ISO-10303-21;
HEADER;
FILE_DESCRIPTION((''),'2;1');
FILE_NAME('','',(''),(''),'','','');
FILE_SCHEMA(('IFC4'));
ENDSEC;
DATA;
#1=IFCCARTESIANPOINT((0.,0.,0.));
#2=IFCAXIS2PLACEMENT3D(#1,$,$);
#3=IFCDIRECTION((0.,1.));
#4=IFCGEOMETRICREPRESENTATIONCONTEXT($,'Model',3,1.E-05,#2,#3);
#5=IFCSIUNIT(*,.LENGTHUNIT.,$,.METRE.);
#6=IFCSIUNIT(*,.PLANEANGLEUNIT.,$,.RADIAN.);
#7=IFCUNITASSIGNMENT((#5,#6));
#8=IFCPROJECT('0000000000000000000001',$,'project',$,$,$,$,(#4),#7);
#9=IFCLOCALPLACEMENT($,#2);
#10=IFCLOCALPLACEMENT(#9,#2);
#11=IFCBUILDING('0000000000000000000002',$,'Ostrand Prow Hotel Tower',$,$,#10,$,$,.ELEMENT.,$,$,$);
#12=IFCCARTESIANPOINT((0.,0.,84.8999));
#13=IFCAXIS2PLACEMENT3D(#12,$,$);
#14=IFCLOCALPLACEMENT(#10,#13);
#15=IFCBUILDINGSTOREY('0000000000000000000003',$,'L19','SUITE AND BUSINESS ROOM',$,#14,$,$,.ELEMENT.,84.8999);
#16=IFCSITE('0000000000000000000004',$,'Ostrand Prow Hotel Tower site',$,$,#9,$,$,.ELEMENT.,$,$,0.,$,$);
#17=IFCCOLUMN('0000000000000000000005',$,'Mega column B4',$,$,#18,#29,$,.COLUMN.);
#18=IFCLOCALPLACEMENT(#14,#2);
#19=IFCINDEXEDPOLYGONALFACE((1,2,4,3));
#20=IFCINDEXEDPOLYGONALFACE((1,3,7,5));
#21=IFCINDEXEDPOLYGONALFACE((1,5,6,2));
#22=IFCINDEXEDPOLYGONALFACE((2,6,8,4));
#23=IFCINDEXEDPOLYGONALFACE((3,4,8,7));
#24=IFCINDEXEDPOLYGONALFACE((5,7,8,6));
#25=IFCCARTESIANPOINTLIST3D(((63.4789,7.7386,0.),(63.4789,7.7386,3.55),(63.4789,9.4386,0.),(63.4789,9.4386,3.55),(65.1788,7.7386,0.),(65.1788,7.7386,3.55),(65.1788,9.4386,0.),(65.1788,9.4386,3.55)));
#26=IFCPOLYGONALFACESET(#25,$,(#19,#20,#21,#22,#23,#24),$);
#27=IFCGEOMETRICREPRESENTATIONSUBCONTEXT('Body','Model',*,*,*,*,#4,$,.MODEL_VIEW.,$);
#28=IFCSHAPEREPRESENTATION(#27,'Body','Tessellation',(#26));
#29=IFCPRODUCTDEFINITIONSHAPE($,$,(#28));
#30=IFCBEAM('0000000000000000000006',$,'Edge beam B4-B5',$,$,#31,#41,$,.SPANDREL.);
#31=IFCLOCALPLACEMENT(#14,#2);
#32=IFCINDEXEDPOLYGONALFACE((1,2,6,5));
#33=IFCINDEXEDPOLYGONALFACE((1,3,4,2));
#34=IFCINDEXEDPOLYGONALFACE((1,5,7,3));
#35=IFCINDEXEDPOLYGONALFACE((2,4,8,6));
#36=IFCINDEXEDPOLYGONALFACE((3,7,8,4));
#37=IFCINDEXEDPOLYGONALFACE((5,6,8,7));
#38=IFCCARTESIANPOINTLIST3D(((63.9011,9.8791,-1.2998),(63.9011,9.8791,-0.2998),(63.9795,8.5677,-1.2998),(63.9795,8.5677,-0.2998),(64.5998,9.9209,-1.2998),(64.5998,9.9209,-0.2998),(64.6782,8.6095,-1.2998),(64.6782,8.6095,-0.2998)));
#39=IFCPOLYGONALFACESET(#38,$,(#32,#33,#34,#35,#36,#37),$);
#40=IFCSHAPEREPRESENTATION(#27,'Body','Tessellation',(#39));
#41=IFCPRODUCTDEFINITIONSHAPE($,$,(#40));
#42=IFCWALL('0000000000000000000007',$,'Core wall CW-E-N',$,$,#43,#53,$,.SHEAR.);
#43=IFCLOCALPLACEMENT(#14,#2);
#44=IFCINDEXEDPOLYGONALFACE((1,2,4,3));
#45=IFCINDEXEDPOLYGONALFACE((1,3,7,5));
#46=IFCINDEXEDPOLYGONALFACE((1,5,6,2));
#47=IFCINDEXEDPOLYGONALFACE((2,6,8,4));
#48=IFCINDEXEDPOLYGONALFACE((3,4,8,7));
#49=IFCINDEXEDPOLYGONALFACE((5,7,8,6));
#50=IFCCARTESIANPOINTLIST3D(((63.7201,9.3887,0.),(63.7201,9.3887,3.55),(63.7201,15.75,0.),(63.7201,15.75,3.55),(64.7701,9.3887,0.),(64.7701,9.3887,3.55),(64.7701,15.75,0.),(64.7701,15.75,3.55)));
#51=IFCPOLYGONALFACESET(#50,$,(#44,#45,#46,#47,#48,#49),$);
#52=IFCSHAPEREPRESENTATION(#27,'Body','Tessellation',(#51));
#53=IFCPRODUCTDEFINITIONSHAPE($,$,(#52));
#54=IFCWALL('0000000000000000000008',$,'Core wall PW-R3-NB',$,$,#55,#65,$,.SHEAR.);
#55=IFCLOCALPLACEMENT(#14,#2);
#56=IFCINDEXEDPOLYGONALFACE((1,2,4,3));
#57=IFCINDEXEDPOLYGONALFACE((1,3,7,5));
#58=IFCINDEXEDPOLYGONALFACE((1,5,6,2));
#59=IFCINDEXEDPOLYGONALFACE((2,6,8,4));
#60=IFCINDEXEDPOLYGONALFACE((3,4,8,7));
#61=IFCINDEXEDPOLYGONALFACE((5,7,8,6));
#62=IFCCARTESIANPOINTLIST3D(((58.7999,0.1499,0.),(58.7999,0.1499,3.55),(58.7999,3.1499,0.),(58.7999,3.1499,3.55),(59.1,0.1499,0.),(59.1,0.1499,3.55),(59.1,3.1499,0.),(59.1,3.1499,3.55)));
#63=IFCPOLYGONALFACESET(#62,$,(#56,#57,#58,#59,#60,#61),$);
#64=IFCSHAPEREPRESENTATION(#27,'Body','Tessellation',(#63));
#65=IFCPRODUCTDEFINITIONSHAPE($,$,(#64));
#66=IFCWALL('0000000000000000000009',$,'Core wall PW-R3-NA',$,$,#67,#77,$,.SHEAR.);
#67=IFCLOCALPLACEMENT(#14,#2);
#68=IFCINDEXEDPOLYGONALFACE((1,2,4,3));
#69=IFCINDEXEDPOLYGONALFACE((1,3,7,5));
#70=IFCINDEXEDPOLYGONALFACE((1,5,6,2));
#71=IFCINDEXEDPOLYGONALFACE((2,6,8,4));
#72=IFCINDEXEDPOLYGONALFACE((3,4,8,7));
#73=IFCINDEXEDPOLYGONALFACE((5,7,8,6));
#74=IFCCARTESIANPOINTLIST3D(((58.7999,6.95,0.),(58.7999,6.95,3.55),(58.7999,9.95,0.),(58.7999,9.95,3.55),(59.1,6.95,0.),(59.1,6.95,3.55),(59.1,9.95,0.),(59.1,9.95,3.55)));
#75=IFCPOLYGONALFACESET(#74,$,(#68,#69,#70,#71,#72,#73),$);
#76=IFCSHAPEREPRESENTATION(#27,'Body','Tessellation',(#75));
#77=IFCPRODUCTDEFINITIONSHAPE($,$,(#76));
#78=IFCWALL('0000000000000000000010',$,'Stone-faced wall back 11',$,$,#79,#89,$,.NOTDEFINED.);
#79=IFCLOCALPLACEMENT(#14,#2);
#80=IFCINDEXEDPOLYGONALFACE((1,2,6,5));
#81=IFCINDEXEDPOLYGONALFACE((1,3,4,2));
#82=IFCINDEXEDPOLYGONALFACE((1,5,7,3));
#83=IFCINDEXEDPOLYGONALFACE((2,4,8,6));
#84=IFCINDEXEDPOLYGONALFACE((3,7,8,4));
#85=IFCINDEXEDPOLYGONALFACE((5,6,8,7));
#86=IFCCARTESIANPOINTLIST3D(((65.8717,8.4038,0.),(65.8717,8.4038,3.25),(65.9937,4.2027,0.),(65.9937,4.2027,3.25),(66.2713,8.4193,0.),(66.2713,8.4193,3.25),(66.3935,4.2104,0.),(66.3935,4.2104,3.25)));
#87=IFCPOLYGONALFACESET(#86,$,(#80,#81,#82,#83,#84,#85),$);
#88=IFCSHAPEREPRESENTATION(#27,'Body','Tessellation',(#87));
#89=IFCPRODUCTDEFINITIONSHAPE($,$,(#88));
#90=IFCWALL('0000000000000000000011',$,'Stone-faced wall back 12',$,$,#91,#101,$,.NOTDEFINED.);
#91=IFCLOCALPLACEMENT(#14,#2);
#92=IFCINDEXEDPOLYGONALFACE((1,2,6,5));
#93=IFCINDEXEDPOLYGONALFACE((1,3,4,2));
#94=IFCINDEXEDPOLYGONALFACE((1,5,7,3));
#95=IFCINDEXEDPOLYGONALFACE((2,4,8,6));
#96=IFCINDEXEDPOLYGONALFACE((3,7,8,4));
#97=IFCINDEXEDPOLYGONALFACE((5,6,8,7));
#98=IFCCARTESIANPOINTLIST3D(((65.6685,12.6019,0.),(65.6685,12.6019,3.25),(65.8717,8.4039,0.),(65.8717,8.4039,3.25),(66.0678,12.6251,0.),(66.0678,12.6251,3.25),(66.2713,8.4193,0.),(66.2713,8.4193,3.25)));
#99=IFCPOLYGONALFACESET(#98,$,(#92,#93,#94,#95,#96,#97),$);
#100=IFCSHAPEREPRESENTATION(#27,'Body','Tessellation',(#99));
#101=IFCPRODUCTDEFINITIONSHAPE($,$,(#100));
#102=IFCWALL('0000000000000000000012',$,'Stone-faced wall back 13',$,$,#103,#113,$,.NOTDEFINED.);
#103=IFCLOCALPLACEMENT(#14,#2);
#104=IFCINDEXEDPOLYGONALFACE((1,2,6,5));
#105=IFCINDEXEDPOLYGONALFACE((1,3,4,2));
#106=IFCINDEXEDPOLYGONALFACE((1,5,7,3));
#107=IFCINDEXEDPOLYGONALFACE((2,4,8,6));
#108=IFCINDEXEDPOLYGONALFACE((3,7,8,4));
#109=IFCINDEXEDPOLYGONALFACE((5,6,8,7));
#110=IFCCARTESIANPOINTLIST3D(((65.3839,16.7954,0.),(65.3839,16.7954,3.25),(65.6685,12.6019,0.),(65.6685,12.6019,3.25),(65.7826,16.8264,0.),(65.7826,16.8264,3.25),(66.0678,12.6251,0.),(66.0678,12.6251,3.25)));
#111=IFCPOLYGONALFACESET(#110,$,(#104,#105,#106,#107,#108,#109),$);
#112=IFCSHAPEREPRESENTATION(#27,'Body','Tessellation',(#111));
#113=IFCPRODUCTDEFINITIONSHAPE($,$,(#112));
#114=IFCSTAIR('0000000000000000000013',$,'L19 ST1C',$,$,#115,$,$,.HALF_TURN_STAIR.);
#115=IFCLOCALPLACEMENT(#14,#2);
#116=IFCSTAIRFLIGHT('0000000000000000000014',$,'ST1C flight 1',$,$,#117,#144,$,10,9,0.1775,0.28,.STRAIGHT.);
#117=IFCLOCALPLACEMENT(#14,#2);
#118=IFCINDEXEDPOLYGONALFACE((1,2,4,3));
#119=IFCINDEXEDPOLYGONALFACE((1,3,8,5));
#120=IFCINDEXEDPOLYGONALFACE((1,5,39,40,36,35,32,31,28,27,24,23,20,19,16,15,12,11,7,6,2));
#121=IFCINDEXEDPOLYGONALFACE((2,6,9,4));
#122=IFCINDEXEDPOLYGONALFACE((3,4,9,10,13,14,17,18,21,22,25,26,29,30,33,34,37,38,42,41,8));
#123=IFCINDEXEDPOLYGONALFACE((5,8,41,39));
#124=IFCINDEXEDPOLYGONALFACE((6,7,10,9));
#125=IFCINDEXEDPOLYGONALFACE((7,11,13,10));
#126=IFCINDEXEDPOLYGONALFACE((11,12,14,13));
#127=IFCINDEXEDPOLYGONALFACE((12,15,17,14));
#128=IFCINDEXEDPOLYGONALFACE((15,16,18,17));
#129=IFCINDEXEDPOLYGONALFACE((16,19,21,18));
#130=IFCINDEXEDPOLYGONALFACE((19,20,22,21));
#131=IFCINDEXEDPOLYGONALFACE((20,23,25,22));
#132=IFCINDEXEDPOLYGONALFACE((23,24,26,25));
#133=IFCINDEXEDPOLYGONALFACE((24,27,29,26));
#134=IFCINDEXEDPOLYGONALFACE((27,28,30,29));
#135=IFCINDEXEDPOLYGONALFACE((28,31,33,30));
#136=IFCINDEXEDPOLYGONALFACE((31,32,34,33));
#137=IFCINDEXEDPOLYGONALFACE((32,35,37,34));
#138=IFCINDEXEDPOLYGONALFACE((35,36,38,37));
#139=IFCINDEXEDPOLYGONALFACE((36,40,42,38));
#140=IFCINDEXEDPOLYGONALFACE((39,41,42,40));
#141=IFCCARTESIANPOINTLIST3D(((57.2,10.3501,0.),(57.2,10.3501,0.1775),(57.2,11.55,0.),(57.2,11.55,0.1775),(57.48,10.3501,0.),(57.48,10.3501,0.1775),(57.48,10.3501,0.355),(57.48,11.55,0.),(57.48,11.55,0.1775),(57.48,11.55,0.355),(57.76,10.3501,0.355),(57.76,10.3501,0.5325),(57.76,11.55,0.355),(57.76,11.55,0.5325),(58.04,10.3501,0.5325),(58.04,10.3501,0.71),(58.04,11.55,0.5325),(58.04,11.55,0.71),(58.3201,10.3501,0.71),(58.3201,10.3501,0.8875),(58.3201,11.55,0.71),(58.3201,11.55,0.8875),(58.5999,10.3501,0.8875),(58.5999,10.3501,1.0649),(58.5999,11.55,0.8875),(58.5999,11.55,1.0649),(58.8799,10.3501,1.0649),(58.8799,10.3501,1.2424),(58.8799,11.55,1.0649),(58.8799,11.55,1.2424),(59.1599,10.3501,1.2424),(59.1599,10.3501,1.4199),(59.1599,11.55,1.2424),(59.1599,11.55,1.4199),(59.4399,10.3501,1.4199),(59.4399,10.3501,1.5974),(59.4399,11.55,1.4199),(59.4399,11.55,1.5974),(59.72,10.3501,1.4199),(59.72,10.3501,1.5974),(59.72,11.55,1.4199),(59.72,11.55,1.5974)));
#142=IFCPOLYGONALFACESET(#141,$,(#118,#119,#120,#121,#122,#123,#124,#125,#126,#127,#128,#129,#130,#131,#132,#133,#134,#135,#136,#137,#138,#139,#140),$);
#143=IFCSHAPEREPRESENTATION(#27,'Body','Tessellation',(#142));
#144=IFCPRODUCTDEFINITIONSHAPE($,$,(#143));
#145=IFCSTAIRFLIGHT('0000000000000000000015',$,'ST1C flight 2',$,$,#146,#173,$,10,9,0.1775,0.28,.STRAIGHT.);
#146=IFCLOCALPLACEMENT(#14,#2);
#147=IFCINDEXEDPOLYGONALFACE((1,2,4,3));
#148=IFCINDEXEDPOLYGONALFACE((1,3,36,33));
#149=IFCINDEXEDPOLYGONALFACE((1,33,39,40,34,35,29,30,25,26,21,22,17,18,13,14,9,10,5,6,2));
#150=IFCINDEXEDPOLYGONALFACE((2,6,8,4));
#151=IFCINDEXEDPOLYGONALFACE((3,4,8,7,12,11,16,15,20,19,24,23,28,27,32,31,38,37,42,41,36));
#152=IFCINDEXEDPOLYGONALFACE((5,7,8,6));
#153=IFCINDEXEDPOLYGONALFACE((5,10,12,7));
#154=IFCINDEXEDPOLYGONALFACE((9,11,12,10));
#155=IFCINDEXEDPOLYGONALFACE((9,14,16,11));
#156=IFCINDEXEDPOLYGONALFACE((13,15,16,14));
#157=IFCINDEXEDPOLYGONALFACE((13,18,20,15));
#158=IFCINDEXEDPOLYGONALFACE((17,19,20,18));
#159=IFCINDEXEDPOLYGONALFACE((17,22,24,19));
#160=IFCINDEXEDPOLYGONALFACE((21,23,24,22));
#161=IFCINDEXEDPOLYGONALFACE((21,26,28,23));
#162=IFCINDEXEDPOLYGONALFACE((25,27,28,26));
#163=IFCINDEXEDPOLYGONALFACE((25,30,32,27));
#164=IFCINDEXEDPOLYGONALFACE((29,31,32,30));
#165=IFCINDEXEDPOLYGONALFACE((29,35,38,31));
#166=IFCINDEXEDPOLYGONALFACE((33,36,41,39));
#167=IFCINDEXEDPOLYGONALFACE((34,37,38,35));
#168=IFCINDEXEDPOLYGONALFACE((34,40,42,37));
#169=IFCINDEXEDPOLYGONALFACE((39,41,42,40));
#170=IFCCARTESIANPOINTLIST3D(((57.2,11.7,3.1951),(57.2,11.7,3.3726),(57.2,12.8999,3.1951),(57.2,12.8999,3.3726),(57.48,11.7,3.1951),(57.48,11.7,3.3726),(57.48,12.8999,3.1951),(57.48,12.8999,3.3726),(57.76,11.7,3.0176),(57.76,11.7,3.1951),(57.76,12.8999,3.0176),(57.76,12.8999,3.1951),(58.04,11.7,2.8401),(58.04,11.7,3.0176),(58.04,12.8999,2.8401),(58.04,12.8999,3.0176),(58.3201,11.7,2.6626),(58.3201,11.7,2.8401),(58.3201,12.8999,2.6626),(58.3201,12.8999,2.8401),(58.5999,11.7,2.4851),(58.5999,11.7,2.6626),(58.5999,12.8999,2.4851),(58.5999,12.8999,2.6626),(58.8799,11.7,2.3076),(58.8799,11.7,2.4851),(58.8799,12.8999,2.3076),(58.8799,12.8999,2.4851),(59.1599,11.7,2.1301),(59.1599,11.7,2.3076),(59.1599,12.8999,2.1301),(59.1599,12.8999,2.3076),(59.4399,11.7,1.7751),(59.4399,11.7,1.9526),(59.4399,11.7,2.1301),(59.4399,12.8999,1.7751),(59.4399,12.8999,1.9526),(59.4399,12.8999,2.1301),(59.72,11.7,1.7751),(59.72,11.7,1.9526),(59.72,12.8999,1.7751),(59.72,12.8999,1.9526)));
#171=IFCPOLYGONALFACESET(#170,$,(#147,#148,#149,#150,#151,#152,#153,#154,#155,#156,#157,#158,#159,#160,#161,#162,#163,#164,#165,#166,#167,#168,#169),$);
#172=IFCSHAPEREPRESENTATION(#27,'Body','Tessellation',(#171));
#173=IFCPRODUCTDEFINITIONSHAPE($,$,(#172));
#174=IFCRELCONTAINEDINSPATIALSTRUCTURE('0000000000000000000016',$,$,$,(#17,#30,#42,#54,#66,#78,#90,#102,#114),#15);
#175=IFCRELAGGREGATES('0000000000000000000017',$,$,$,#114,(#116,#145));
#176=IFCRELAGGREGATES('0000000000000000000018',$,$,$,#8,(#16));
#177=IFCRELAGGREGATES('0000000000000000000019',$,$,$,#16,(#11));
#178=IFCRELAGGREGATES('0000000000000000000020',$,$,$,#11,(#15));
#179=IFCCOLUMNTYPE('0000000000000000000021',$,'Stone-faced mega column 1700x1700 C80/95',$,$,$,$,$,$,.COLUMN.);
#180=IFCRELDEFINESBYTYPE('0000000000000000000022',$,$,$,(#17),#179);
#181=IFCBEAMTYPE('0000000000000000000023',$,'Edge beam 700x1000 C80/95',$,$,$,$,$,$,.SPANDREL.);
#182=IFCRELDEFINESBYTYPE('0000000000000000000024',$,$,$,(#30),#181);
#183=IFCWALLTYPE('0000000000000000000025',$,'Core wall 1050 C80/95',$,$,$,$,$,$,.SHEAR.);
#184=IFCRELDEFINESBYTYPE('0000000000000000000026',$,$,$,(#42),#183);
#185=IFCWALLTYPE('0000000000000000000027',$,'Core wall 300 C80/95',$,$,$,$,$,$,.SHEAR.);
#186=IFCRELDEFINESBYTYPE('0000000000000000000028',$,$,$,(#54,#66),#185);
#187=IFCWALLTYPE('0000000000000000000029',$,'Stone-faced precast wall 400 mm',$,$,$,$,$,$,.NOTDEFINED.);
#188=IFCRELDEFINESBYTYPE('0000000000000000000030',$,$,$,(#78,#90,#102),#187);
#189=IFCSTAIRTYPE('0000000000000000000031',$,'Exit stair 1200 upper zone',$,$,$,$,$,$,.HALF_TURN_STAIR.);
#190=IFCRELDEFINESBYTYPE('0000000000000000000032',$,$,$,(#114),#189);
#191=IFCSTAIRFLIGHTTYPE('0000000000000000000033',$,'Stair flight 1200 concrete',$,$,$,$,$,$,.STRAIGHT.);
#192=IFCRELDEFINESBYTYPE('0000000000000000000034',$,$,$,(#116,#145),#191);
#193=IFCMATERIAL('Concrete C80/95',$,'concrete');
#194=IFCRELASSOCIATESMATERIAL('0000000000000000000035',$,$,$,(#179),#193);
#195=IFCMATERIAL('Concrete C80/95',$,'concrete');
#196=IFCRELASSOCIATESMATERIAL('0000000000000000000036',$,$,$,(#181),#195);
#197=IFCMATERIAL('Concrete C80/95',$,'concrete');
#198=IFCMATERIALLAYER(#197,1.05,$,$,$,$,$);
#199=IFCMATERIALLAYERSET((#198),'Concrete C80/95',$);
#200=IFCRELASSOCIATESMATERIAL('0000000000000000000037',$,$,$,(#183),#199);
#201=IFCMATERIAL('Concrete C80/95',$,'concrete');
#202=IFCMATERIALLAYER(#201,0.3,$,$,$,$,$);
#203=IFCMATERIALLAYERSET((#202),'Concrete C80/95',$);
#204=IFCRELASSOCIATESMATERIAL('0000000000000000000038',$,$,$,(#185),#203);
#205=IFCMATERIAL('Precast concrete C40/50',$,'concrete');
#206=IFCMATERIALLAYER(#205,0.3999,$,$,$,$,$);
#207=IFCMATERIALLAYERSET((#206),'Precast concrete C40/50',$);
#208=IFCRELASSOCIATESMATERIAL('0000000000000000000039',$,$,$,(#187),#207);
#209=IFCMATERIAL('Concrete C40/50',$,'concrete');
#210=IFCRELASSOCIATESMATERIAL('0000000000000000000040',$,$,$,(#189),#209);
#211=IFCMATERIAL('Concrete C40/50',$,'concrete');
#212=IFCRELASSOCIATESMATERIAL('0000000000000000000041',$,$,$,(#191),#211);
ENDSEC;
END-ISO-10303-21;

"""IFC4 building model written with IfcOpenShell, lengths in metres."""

from ifc_helpers import new_model, si_unit, direction, frame, frame_2d, origin, origin_2d, place, context, subcontext, project, spatial, polyline, rectangle, outline, extrude, material, layer, layer_set, material_profile, profile_set, type_object, element, aggregate, save


model = new_model("IFC4")

# Units and contexts
model_context = context("Model", 3, precision=1e-05, world=origin(), true_north=direction((0.0, 1.0)))
body_context = subcontext(model_context, "Body", "Model", "MODEL_VIEW")
ifc_project = project(units=[si_unit("LENGTHUNIT", "METRE"), si_unit("PLANEANGLEUNIT", "RADIAN")], contexts=[model_context])

# Site, building, storey
site_placement = place(None, origin())
site = spatial("IfcSite", under=ifc_project, at=site_placement, Name="Ostrand Prow Hotel Tower site", CompositionType="ELEMENT", RefElevation=0.0)
building_placement = place(site_placement, origin())
building = spatial("IfcBuilding", under=site, at=building_placement, Name="Ostrand Prow Hotel Tower", CompositionType="ELEMENT")
storey_placement = place(building_placement, frame((0.0, 0.0, 84.8999)))
storey = spatial("IfcBuildingStorey", under=building, at=storey_placement, Name="L19", Description="SUITE AND BUSINESS ROOM", CompositionType="ELEMENT", Elevation=84.8999)

# Column
ifc_material_1 = material(Name="Concrete C80/95", Category="concrete")
ifc_material_profile_1 = material_profile(ifc_material_1, rectangle(XDim=1.7, YDim=1.7, at=origin_2d()), Name="RC 1700x1700")
ifc_profile_set_1 = profile_set([ifc_material_profile_1], Name="Concrete C80/95")
column_type = type_object("IfcColumnType", Name="Stone-faced mega column 1700x1700 C80/95", PredefinedType="COLUMN", material=ifc_profile_set_1)
column_placement = place(storey_placement, frame((64.3289, 8.5886, 0.0), z_axis=(0.0, 0.0, 1.0), x_axis=(1.0, 0.0, 0.0)))
element("IfcColumn", 1, at=column_placement, inside=storey, type_object=column_type, Name="Mega column B4", PredefinedType="COLUMN", context=body_context, shape_type="SweptSolid", body=[
    extrude(rectangle(XDim=1.7, YDim=1.7, at=origin_2d()), origin(), (0.0, 0.0, 1.0), 3.55),
])

# Beam
ifc_material_2 = material(Name="Concrete C80/95", Category="concrete")
ifc_material_profile_2 = material_profile(ifc_material_2, rectangle(XDim=0.7, YDim=1.0, at=origin_2d()), Name="RC 700x1000")
ifc_profile_set_2 = profile_set([ifc_material_profile_2], Name="Concrete C80/95")
beam_type = type_object("IfcBeamType", Name="Edge beam 700x1000 C80/95", PredefinedType="SPANDREL", material=ifc_profile_set_2)
beam_placement = place(storey_placement, frame((64.3289, 8.5886, -0.7998), z_axis=(-0.059659, 0.998219, 0.0), x_axis=(-0.998219, -0.059659, 0.0)))
element("IfcBeam", 2, at=beam_placement, inside=storey, type_object=beam_type, Name="Edge beam B4-B5", PredefinedType="SPANDREL", context=body_context, shape_type="SweptSolid", body=[
    extrude(rectangle(XDim=0.7, YDim=1.0, at=origin_2d()), origin(), (0.0, 0.0, 1.0), 1.3137),
])

# Walls
ifc_material_3 = material(Name="Concrete C80/95", Category="concrete")
ifc_layer_1 = layer(ifc_material_3, 1.05)
ifc_layer_set_1 = layer_set([ifc_layer_1], Name="Concrete C80/95")
wall_type_1 = type_object("IfcWallType", Name="Core wall 1050 C80/95", PredefinedType="SHEAR", material=ifc_layer_set_1)
wall_1_placement = place(storey_placement, frame((64.2451, 9.3887, 0.0), z_axis=(0.0, 0.0, 1.0), x_axis=(0.0, 1.0, 0.0)))
element("IfcWall", 3, at=wall_1_placement, inside=storey, type_object=wall_type_1, Name="Core wall CW-E-N", PredefinedType="SHEAR", context=body_context, shape_type="SweptSolid", body=[
    extrude(rectangle(XDim=6.3613, YDim=1.05, at=frame_2d((3.1807, 0.0))), origin(), (0.0, 0.0, 1.0), 3.55),
])
ifc_material_4 = material(Name="Concrete C80/95", Category="concrete")
ifc_layer_2 = layer(ifc_material_4, 0.3)
ifc_layer_set_2 = layer_set([ifc_layer_2], Name="Concrete C80/95")
wall_type_2 = type_object("IfcWallType", Name="Core wall 300 C80/95", PredefinedType="SHEAR", material=ifc_layer_set_2)
for number, where, z_axis, x_axis, name in (
    (4, (58.95, 0.1499, 0.0), (0.0, 0.0, 1.0), (0.0, 1.0, 0.0), "Core wall PW-R3-NB"),
    (5, (58.95, 6.95, 0.0), (0.0, 0.0, 1.0), (0.0, 1.0, 0.0), "Core wall PW-R3-NA"),
):
    element("IfcWall", number, at=place(storey_placement, frame(where, z_axis=z_axis, x_axis=x_axis)), inside=storey, type_object=wall_type_2, Name=name, PredefinedType="SHEAR", context=body_context, shape_type="SweptSolid", body=[
        extrude(rectangle(XDim=3.0, YDim=0.3, at=frame_2d((1.5, 0.0))), origin(), (0.0, 0.0, 1.0), 3.55),
    ])
ifc_material_5 = material(Name="Precast concrete C40/50", Category="concrete")
ifc_layer_3 = layer(ifc_material_5, 0.3999)
ifc_layer_set_3 = layer_set([ifc_layer_3], Name="Precast concrete C40/50")
wall_type_3 = type_object("IfcWallType", Name="Stone-faced precast wall 400 mm", PredefinedType="NOTDEFINED", material=ifc_layer_set_3)
for number, where, z_axis, x_axis, name in (
    (6, (66.1936, 4.2065, 0.0), (0.0, 0.0, 1.0), (-0.029017, 0.999579, 0.0), "Stone-faced wall back 11"),
    (7, (66.0715, 8.4116, 0.0), (0.0, 0.0, 1.0), (-0.048343, 0.998831, 0.0), "Stone-faced wall back 12"),
):
    element("IfcWall", number, at=place(storey_placement, frame(where, z_axis=z_axis, x_axis=x_axis)), inside=storey, type_object=wall_type_3, Name=name, PredefinedType="NOTDEFINED", context=body_context, shape_type="SweptSolid", body=[
        extrude(outline(polyline([(-0.002, -0.2), (4.2087, -0.2), (4.2048, 0.2), (0.002, 0.2), (-0.002, -0.2)])), origin(), (0.0, 0.0, 1.0), 3.25),
    ])
wall_2_placement = place(storey_placement, frame((65.8682, 12.6135, 0.0), z_axis=(0.0, 0.0, 1.0), x_axis=(-0.067725, 0.997704, 0.0)))
element("IfcWall", 8, at=wall_2_placement, inside=storey, type_object=wall_type_3, Name="Stone-faced wall back 13", PredefinedType="NOTDEFINED", context=body_context, shape_type="SweptSolid", body=[
    extrude(outline(polyline([(-0.002, -0.2), (4.209, -0.2), (4.2051, 0.2), (0.002, 0.2), (-0.002, -0.2)])), origin(), (0.0, 0.0, 1.0), 3.25),
])

# Stair, stair flights
ifc_material_6 = material(Name="Concrete C40/50", Category="concrete")
stair_type = type_object("IfcStairType", Name="Exit stair 1200 upper zone", PredefinedType="HALF_TURN_STAIR", material=ifc_material_6)
stair_1_placement = place(storey_placement, origin())
stair_1 = element("IfcStair", 9, at=stair_1_placement, inside=storey, type_object=stair_type, Name="L19 ST1C", PredefinedType="HALF_TURN_STAIR")
ifc_material_7 = material(Name="Concrete C40/50", Category="concrete")
stair_flight_type = type_object("IfcStairFlightType", Name="Stair flight 1200 concrete", PredefinedType="STRAIGHT", material=ifc_material_7)
stair_flight_1_placement = place(storey_placement, frame((57.2, 10.95, 0.0), z_axis=(0.0, 0.0, 1.0), x_axis=(1.0, 0.0, 0.0)))
stair_flight_1 = element("IfcStairFlight", 10, at=stair_flight_1_placement, type_object=stair_flight_type, Name="ST1C flight 1", NumberOfRisers=10, NumberOfTreads=9, PredefinedType="STRAIGHT", RiserHeight=0.1775, TreadLength=0.28, context=body_context, shape_type="SweptSolid", body=[
    extrude(outline(polyline([(0.0, 0.0), (0.0, 0.1775), (0.28, 0.1775), (0.28, 0.355), (0.5601, 0.355), (0.5601, 0.5325), (0.8401, 0.5325), (0.8401, 0.71), (1.1201, 0.71), (1.1201, 0.8875), (1.3999, 0.8875), (1.3999, 1.0649), (1.6799, 1.0649), (1.6799, 1.2424), (1.96, 1.2424), (1.96, 1.4199), (2.24, 1.4199), (2.24, 1.5974), (2.52, 1.5974), (2.52, 1.7749), (2.52, 1.4199), (0.28, 0.0), (0.0, 0.0)])), frame((0.0, 0.6001, 0.0), z_axis=(0.0, -1.0, 0.0), x_axis=(1.0, 0.0, 0.0)), (0.0, 0.0, 1.0), 1.2),
])
stair_flight_2_placement = place(storey_placement, frame((59.72, 12.3, 1.7751), z_axis=(0.0, 0.0, 1.0), x_axis=(-1.0, 0.0, 0.0)))
stair_flight_2 = element("IfcStairFlight", 11, at=stair_flight_2_placement, type_object=stair_flight_type, Name="ST1C flight 2", NumberOfRisers=10, NumberOfTreads=9, PredefinedType="STRAIGHT", RiserHeight=0.1775, TreadLength=0.28, context=body_context, shape_type="SweptSolid", body=[
    extrude(outline(polyline([(0.0, 0.0), (0.0, 0.1775), (0.28, 0.1775), (0.28, 0.355), (0.5601, 0.355), (0.5601, 0.5325), (0.8401, 0.5325), (0.8401, 0.71), (1.1201, 0.71), (1.1201, 0.8875), (1.3999, 0.8875), (1.3999, 1.0649), (1.6799, 1.0649), (1.6799, 1.2424), (1.96, 1.2424), (1.96, 1.4199), (2.24, 1.4199), (2.24, 1.5974), (2.52, 1.5974), (2.52, 1.7749), (2.52, 1.4199), (0.28, 0.0), (0.0, 0.0)])), frame((0.0, 0.6001, 0.0), z_axis=(0.0, -1.0, 0.0), x_axis=(1.0, 0.0, 0.0)), (0.0, 0.0, 1.0), 1.2),
])
aggregate(stair_1, [stair_flight_1, stair_flight_2])

save(model, "model.ifc")
